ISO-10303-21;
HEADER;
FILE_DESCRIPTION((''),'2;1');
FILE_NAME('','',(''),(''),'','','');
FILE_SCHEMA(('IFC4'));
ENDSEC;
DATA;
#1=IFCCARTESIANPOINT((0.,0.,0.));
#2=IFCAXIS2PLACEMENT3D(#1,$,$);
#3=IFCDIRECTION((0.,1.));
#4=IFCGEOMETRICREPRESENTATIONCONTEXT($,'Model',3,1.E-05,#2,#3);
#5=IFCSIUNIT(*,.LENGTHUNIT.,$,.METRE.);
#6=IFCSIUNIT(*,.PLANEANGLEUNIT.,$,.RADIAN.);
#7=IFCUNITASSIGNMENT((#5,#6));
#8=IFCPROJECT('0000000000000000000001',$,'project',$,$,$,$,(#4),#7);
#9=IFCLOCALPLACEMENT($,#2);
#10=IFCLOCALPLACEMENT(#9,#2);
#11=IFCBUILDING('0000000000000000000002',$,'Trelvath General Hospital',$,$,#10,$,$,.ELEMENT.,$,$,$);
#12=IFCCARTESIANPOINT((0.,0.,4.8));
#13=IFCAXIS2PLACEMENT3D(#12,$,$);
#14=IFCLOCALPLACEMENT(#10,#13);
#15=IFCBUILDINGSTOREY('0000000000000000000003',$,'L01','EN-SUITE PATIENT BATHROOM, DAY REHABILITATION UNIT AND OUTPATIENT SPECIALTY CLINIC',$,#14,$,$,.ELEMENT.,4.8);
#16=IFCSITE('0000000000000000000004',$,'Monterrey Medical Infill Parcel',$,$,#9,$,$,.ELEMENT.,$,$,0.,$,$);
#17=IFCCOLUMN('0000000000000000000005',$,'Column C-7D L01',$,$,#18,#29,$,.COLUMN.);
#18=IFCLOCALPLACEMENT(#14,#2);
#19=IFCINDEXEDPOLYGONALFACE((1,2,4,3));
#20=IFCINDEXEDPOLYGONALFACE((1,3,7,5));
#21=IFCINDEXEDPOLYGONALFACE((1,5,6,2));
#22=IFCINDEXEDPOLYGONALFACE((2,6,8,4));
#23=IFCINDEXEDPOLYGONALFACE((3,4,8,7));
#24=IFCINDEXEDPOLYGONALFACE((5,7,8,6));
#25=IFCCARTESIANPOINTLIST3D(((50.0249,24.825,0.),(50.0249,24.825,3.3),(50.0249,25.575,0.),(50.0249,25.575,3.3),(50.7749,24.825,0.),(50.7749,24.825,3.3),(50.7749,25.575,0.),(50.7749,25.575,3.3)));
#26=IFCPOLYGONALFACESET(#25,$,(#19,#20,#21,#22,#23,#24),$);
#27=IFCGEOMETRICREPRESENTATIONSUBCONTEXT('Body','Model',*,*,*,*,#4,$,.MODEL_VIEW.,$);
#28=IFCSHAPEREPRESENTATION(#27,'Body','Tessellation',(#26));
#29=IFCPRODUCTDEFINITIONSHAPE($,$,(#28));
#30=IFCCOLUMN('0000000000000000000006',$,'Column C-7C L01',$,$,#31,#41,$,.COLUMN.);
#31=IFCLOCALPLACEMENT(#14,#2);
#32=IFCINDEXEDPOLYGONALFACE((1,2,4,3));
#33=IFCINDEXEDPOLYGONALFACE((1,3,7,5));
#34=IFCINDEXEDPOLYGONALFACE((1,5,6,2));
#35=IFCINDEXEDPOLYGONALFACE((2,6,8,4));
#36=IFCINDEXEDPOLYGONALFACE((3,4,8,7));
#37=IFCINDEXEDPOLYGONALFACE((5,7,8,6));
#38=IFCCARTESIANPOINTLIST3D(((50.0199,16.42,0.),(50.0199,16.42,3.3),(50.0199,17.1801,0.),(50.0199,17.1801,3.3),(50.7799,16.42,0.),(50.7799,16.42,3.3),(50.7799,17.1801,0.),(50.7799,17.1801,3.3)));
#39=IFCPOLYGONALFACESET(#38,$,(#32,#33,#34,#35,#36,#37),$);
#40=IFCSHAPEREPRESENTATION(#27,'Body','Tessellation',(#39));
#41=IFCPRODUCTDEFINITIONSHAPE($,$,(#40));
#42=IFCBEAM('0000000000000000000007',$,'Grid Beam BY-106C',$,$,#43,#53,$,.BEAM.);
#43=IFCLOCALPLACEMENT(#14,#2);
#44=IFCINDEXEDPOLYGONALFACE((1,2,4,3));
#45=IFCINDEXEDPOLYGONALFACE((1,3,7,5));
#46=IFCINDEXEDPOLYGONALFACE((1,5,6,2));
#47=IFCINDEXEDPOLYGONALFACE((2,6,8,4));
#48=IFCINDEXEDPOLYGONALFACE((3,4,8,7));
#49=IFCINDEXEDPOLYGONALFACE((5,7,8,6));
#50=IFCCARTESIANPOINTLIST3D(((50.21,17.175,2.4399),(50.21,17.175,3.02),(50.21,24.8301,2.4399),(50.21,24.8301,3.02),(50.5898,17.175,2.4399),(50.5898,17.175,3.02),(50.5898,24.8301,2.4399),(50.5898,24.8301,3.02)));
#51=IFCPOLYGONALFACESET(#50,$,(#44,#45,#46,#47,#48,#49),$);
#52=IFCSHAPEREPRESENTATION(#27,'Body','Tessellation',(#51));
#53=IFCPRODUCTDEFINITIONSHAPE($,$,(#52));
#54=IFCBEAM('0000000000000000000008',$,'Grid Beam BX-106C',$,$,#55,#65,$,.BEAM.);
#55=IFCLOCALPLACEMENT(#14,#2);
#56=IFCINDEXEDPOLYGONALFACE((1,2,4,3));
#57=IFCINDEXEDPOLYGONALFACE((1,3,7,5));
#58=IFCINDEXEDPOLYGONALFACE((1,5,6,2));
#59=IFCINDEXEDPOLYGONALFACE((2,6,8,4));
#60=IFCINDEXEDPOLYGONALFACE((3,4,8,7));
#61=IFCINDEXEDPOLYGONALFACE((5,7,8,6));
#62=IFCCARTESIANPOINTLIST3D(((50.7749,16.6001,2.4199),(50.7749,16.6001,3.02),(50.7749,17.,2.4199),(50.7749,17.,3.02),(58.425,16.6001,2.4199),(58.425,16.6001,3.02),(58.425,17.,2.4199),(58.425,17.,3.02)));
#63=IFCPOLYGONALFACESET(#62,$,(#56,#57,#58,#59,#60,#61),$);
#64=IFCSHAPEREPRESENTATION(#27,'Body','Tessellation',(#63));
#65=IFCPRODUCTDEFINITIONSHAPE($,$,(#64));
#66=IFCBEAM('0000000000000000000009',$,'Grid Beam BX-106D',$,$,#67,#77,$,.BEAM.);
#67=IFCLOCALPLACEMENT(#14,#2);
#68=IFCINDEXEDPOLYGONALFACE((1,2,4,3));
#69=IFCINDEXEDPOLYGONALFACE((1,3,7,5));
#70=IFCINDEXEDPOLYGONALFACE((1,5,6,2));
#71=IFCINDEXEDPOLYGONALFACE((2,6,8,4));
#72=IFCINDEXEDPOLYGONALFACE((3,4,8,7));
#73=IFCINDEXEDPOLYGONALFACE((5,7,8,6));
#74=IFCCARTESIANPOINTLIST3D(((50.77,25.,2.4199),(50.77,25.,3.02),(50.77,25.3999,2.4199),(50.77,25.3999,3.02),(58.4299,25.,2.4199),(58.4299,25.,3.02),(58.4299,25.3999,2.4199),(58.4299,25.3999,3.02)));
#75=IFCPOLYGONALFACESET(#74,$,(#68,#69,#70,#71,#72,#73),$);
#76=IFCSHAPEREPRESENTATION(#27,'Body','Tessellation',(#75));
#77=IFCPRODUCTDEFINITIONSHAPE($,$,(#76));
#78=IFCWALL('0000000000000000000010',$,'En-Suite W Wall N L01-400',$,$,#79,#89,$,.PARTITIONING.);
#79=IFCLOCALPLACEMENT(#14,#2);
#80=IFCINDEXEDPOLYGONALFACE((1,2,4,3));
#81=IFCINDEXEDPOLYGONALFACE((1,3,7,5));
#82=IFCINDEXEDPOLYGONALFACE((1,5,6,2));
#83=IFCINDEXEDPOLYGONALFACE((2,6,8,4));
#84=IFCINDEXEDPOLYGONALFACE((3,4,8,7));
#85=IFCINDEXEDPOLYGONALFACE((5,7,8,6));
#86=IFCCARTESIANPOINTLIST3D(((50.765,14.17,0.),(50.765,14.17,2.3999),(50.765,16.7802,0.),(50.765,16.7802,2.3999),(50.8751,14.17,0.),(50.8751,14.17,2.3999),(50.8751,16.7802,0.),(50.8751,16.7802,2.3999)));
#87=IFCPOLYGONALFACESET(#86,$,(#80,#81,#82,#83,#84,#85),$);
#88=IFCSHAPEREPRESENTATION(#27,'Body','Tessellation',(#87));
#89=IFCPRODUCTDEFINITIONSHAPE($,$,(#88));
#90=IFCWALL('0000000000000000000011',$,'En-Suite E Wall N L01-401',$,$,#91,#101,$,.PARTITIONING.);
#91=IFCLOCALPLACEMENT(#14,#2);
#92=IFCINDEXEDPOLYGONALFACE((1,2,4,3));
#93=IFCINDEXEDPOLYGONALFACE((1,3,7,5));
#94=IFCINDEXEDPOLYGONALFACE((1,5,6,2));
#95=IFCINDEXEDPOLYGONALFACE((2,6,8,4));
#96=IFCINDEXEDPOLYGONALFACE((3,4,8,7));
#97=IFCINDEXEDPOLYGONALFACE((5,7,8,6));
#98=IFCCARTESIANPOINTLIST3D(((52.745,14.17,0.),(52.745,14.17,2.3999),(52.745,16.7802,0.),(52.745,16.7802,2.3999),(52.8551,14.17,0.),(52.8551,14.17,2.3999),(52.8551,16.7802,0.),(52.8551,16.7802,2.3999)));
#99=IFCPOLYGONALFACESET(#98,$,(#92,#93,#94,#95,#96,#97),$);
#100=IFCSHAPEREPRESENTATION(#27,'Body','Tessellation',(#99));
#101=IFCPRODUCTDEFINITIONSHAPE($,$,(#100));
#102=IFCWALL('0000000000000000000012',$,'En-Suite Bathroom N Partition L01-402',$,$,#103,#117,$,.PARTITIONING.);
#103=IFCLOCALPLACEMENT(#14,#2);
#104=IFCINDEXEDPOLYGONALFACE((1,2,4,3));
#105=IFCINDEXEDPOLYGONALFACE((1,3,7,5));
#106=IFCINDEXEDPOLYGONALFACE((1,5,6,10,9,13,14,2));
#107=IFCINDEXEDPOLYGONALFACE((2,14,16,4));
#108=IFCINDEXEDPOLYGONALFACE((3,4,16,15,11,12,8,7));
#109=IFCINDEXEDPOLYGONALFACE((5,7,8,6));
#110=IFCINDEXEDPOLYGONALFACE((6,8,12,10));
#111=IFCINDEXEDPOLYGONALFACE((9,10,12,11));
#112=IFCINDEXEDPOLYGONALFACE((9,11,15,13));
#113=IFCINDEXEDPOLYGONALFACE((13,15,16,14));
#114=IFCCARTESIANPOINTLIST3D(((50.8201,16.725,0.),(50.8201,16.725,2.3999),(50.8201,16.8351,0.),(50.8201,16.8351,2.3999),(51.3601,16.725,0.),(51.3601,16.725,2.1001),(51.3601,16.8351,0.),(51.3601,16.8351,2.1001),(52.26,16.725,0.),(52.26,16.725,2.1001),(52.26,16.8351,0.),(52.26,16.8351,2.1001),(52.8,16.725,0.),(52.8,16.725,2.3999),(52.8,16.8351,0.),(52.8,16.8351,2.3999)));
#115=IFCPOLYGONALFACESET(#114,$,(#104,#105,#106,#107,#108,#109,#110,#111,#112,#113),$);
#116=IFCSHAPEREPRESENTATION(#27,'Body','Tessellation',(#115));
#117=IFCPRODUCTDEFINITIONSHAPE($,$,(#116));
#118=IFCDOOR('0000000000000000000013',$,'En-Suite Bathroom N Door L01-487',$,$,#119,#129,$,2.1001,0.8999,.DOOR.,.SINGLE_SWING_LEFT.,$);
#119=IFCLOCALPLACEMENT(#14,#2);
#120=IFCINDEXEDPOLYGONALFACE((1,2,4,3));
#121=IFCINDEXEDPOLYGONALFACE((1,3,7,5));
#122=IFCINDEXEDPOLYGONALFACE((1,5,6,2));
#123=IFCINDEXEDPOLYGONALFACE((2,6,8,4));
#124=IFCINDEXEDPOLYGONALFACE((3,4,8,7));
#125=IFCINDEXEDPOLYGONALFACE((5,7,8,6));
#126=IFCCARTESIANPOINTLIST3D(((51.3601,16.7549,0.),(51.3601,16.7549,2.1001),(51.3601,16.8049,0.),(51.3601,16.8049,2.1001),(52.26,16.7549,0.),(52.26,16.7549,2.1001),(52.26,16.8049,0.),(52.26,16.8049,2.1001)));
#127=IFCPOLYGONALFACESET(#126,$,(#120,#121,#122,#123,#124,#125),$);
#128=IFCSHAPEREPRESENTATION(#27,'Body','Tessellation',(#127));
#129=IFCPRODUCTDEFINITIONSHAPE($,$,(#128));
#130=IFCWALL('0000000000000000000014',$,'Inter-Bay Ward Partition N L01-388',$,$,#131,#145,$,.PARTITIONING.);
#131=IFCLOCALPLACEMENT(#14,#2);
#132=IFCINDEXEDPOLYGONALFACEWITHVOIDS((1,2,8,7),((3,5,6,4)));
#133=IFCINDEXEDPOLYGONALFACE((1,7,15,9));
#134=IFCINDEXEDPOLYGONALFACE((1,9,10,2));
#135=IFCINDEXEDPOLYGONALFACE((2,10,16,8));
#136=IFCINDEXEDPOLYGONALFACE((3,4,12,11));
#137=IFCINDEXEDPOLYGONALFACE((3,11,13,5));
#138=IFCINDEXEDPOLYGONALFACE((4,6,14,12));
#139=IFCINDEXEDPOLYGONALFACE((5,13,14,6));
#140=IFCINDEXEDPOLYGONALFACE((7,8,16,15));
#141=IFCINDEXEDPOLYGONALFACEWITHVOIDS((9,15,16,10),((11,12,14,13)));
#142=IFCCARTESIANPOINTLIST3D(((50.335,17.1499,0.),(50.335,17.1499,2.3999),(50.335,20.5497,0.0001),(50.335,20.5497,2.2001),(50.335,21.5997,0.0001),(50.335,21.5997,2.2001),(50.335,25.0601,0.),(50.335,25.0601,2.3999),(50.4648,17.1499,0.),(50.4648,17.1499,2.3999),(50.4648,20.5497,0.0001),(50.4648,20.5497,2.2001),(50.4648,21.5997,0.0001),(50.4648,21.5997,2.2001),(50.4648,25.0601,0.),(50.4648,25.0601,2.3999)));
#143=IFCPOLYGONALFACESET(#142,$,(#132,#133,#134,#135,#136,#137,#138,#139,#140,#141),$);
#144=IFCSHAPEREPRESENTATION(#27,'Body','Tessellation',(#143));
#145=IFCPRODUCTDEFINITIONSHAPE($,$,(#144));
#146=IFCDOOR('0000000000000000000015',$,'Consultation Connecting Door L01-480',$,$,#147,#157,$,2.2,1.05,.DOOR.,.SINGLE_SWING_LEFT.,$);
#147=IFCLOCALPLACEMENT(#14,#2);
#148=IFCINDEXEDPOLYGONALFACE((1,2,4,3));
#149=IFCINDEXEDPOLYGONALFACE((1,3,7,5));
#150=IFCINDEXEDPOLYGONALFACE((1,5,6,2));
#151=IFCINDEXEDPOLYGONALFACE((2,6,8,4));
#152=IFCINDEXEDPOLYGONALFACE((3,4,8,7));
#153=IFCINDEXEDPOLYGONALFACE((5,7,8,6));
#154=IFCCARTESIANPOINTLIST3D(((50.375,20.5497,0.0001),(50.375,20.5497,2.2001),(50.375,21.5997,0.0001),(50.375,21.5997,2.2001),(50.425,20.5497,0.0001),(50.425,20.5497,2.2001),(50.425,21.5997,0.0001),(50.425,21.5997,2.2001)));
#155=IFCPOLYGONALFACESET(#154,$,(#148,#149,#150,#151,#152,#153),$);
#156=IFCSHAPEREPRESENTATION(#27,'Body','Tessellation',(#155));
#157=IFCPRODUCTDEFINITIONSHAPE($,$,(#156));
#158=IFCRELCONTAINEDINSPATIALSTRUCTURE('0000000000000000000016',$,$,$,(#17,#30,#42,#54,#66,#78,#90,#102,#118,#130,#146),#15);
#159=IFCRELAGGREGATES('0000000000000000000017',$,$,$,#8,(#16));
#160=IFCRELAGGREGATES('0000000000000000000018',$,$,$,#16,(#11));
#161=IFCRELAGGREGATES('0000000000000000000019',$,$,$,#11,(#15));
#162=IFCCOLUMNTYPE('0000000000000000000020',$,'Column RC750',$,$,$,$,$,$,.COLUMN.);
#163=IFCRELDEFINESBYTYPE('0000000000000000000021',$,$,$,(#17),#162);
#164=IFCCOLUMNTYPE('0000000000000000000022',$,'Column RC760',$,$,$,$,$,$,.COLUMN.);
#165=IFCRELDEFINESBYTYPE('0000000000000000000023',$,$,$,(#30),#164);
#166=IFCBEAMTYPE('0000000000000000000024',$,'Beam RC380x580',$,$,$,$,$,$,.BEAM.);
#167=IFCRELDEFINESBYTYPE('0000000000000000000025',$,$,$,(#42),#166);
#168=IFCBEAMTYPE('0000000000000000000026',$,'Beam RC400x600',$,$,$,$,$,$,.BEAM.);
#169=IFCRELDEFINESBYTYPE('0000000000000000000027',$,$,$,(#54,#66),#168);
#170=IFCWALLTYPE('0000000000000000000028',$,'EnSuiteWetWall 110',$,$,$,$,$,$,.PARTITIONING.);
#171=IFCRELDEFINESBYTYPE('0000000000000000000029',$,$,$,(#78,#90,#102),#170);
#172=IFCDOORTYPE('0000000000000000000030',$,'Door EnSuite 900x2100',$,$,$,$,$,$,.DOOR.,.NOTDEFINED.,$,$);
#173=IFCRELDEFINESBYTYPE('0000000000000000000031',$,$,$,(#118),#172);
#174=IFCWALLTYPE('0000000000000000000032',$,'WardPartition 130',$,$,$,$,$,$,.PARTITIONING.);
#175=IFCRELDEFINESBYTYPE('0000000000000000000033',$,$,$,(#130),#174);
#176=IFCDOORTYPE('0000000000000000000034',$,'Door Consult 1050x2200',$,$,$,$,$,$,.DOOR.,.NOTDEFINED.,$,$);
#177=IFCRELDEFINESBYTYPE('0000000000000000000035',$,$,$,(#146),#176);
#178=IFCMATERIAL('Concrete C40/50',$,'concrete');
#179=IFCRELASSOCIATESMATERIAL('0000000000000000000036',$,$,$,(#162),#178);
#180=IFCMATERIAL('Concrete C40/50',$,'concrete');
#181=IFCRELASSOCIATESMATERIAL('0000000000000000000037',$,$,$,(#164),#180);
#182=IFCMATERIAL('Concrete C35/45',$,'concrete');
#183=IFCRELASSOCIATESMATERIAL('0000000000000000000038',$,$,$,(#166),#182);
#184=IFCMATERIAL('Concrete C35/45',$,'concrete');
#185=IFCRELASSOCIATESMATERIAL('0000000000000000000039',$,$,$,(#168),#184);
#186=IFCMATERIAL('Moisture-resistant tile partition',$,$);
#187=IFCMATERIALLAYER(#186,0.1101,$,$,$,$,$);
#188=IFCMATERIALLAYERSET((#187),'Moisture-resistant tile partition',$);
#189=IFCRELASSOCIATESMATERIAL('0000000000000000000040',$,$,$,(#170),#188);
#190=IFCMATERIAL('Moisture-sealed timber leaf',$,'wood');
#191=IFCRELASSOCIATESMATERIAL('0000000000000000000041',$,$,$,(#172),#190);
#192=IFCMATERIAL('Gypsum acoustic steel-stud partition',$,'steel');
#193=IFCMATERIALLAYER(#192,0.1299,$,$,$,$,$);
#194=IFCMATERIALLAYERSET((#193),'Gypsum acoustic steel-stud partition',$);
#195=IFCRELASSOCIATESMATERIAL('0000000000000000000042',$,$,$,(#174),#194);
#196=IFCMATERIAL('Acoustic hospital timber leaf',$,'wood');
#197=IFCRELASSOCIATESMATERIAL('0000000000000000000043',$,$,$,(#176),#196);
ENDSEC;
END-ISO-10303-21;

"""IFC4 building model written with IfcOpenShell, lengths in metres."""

from ifc_helpers import new_model, si_unit, direction, frame, frame_2d, origin, origin_2d, place, context, subcontext, project, spatial, rectangle, extrude, material, layer, layer_set, material_profile, profile_set, type_object, element, fill, save


model = new_model("IFC4")

# Units and contexts
model_context = context("Model", 3, precision=1e-05, world=origin(), true_north=direction((0.0, 1.0)))
body_context = subcontext(model_context, "Body", "Model", "MODEL_VIEW")
ifc_project = project(units=[si_unit("LENGTHUNIT", "METRE"), si_unit("PLANEANGLEUNIT", "RADIAN")], contexts=[model_context])

# Site, building, storey
site_placement = place(None, origin())
site = spatial("IfcSite", under=ifc_project, at=site_placement, Name="Monterrey Medical Infill Parcel", CompositionType="ELEMENT", RefElevation=0.0)
building_placement = place(site_placement, origin())
building = spatial("IfcBuilding", under=site, at=building_placement, Name="Trelvath General Hospital", CompositionType="ELEMENT")
storey_placement = place(building_placement, frame((0.0, 0.0, 4.8)))
storey = spatial("IfcBuildingStorey", under=building, at=storey_placement, Name="L01", Description="EN-SUITE PATIENT BATHROOM, DAY REHABILITATION UNIT AND OUTPATIENT SPECIALTY CLINIC", CompositionType="ELEMENT", Elevation=4.8)

# Columns
ifc_material_1 = material(Name="Concrete C40/50", Category="concrete")
ifc_material_profile_1 = material_profile(ifc_material_1, rectangle(XDim=0.75, YDim=0.75, at=origin_2d()), Name="RC750x750")
ifc_profile_set_1 = profile_set([ifc_material_profile_1], Name="Concrete C40/50")
column_type_1 = type_object("IfcColumnType", Name="Column RC750", PredefinedType="COLUMN", material=ifc_profile_set_1)
column_1_placement = place(storey_placement, frame((50.3999, 25.2, 0.0), z_axis=(0.0, 0.0, 1.0), x_axis=(1.0, 0.0, 0.0)))
element("IfcColumn", 1, at=column_1_placement, inside=storey, type_object=column_type_1, Name="Column C-7D L01", PredefinedType="COLUMN", context=body_context, shape_type="SweptSolid", body=[
    extrude(rectangle(XDim=0.75, YDim=0.75, at=origin_2d()), origin(), (0.0, 0.0, 1.0), 3.3),
])
ifc_material_2 = material(Name="Concrete C40/50", Category="concrete")
ifc_material_profile_2 = material_profile(ifc_material_2, rectangle(XDim=0.76, YDim=0.76, at=origin_2d()), Name="RC760x760")
ifc_profile_set_2 = profile_set([ifc_material_profile_2], Name="Concrete C40/50")
column_type_2 = type_object("IfcColumnType", Name="Column RC760", PredefinedType="COLUMN", material=ifc_profile_set_2)
column_2_placement = place(storey_placement, frame((50.3999, 16.8, 0.0), z_axis=(0.0, 0.0, 1.0), x_axis=(1.0, 0.0, 0.0)))
element("IfcColumn", 2, at=column_2_placement, inside=storey, type_object=column_type_2, Name="Column C-7C L01", PredefinedType="COLUMN", context=body_context, shape_type="SweptSolid", body=[
    extrude(rectangle(XDim=0.76, YDim=0.76, at=origin_2d()), origin(), (0.0, 0.0, 1.0), 3.3),
])

# Beams
ifc_material_3 = material(Name="Concrete C35/45", Category="concrete")
ifc_material_profile_3 = material_profile(ifc_material_3, rectangle(XDim=0.3799, YDim=0.5801, at=origin_2d()), Name="RCB380x580")
ifc_profile_set_3 = profile_set([ifc_material_profile_3], Name="Concrete C35/45")
beam_type_1 = type_object("IfcBeamType", Name="Beam RC380x580", PredefinedType="BEAM", material=ifc_profile_set_3)
beam_1_placement = place(storey_placement, frame((50.3999, 17.175, 2.73), z_axis=(0.0, 1.0, 0.0), x_axis=(-1.0, 0.0, 0.0)))
element("IfcBeam", 3, at=beam_1_placement, inside=storey, type_object=beam_type_1, Name="Grid Beam BY-106C", PredefinedType="BEAM", context=body_context, shape_type="SweptSolid", body=[
    extrude(rectangle(XDim=0.3799, YDim=0.5801, at=origin_2d()), origin(), (0.0, 0.0, 1.0), 7.655),
])
ifc_material_4 = material(Name="Concrete C35/45", Category="concrete")
ifc_material_profile_4 = material_profile(ifc_material_4, rectangle(XDim=0.3999, YDim=0.6001, at=origin_2d()), Name="RCB400x600")
ifc_profile_set_4 = profile_set([ifc_material_profile_4], Name="Concrete C35/45")
beam_type_2 = type_object("IfcBeamType", Name="Beam RC400x600", PredefinedType="BEAM", material=ifc_profile_set_4)
beam_2_placement = place(storey_placement, frame((50.7749, 16.8, 2.72), z_axis=(1.0, 0.0, 0.0), x_axis=(0.0, 1.0, 0.0)))
element("IfcBeam", 4, at=beam_2_placement, inside=storey, type_object=beam_type_2, Name="Grid Beam BX-106C", PredefinedType="BEAM", context=body_context, shape_type="SweptSolid", body=[
    extrude(rectangle(XDim=0.3999, YDim=0.6001, at=origin_2d()), origin(), (0.0, 0.0, 1.0), 7.6501),
])
beam_3_placement = place(storey_placement, frame((50.77, 25.2, 2.72), z_axis=(1.0, 0.0, 0.0), x_axis=(0.0, 1.0, 0.0)))
element("IfcBeam", 5, at=beam_3_placement, inside=storey, type_object=beam_type_2, Name="Grid Beam BX-106D", PredefinedType="BEAM", context=body_context, shape_type="SweptSolid", body=[
    extrude(rectangle(XDim=0.3999, YDim=0.6001, at=origin_2d()), origin(), (0.0, 0.0, 1.0), 7.6599),
])

# Walls
ifc_material_5 = material(Name="Moisture-resistant tile partition")
ifc_layer_1 = layer(ifc_material_5, 0.1101)
ifc_layer_set_1 = layer_set([ifc_layer_1], Name="Moisture-resistant tile partition")
wall_type_1 = type_object("IfcWallType", Name="EnSuiteWetWall 110", PredefinedType="PARTITIONING", material=ifc_layer_set_1)
for number, where, z_axis, x_axis, name in (
    (6, (50.8201, 14.1699, 0.0), (0.0, 0.0, 1.0), (0.0, 1.0, 0.0), "En-Suite W Wall N L01-400"),
    (7, (52.8, 14.1699, 0.0), (0.0, 0.0, 1.0), (0.0, 1.0, 0.0), "En-Suite E Wall N L01-401"),
):
    element("IfcWall", number, at=place(storey_placement, frame(where, z_axis=z_axis, x_axis=x_axis)), inside=storey, type_object=wall_type_1, Name=name, PredefinedType="PARTITIONING", context=body_context, shape_type="SweptSolid", body=[
        extrude(rectangle(XDim=2.6101, YDim=0.1101, at=frame_2d((1.3052, 0.0))), origin(), (0.0, 0.0, 1.0), 2.3999),
    ])

# Walls, openings, doors
wall_1_placement = place(storey_placement, frame((50.8201, 16.78, 0.0), z_axis=(0.0, 0.0, 1.0), x_axis=(1.0, 0.0, 0.0)))
wall_1 = element("IfcWall", 8, at=wall_1_placement, inside=storey, type_object=wall_type_1, Name="En-Suite Bathroom N Partition L01-402", PredefinedType="PARTITIONING", context=body_context, shape_type="SweptSolid", body=[
    extrude(rectangle(XDim=1.98, YDim=0.1101, at=frame_2d((0.99, 0.0))), origin(), (0.0, 0.0, 1.0), 2.3999),
])
opening_1_placement = place(wall_1_placement, frame((0.54, 0.0, 0.0)))
opening_1 = element("IfcOpeningElement", 9, at=opening_1_placement, cuts=wall_1, PredefinedType="OPENING", context=body_context, shape_type="SweptSolid", body=[
    extrude(rectangle(XDim=0.8999, YDim=2.1001, at=frame_2d((0.45, 1.05))), frame((0.0, 0.0649, 0.0), z_axis=(0.0, -1.0, 0.0), x_axis=(1.0, 0.0, 0.0)), (0.0, 0.0, 1.0), 0.1301),
])
ifc_material_6 = material(Name="Moisture-sealed timber leaf", Category="wood")
door_type_1 = type_object("IfcDoorType", Name="Door EnSuite 900x2100", OperationType="NOTDEFINED", PredefinedType="DOOR", material=ifc_material_6)
door_1_placement = place(opening_1_placement, origin())
door_1 = element("IfcDoor", 10, at=door_1_placement, inside=storey, type_object=door_type_1, Name="En-Suite Bathroom N Door L01-487", OperationType="SINGLE_SWING_LEFT", OverallHeight=2.1001, OverallWidth=0.8999, PredefinedType="DOOR", context=body_context, shape_type="SweptSolid", body=[
    extrude(rectangle(XDim=0.8999, YDim=2.1001, at=frame_2d((0.45, 1.05))), frame((0.0, 0.0249, 0.0), z_axis=(0.0, -1.0, 0.0), x_axis=(1.0, 0.0, 0.0)), (0.0, 0.0, 1.0), 0.05),
])
fill(opening_1, door_1)
ifc_material_7 = material(Name="Gypsum acoustic steel-stud partition", Category="steel")
ifc_layer_2 = layer(ifc_material_7, 0.1299)
ifc_layer_set_2 = layer_set([ifc_layer_2], Name="Gypsum acoustic steel-stud partition")
wall_type_2 = type_object("IfcWallType", Name="WardPartition 130", PredefinedType="PARTITIONING", material=ifc_layer_set_2)
wall_2_placement = place(storey_placement, frame((50.3999, 17.1499, 0.0), z_axis=(0.0, 0.0, 1.0), x_axis=(0.0, 1.0, 0.0)))
wall_2 = element("IfcWall", 11, at=wall_2_placement, inside=storey, type_object=wall_type_2, Name="Inter-Bay Ward Partition N L01-388", PredefinedType="PARTITIONING", context=body_context, shape_type="SweptSolid", body=[
    extrude(rectangle(XDim=7.9102, YDim=0.1299, at=frame_2d((3.9551, 0.0))), origin(), (0.0, 0.0, 1.0), 2.3999),
])
opening_2_placement = place(wall_2_placement, frame((3.3999, 0.0, 0.0)))
opening_2 = element("IfcOpeningElement", 12, at=opening_2_placement, cuts=wall_2, PredefinedType="OPENING", context=body_context, shape_type="SweptSolid", body=[
    extrude(rectangle(XDim=1.05, YDim=2.2, at=frame_2d((0.5249, 1.1001))), frame((0.0, 0.075, 0.0), z_axis=(0.0, -1.0, 0.0), x_axis=(1.0, 0.0, 0.0)), (0.0, 0.0, 1.0), 0.1499),
])
ifc_material_8 = material(Name="Acoustic hospital timber leaf", Category="wood")
door_type_2 = type_object("IfcDoorType", Name="Door Consult 1050x2200", OperationType="NOTDEFINED", PredefinedType="DOOR", material=ifc_material_8)
door_2_placement = place(opening_2_placement, origin())
door_2 = element("IfcDoor", 13, at=door_2_placement, inside=storey, type_object=door_type_2, Name="Consultation Connecting Door L01-480", OperationType="SINGLE_SWING_LEFT", OverallHeight=2.2, OverallWidth=1.05, PredefinedType="DOOR", context=body_context, shape_type="SweptSolid", body=[
    extrude(rectangle(XDim=1.05, YDim=2.2, at=frame_2d((0.5249, 1.1001))), frame((0.0, 0.0249, 0.0), z_axis=(0.0, -1.0, 0.0), x_axis=(1.0, 0.0, 0.0)), (0.0, 0.0, 1.0), 0.05),
])
fill(opening_2, door_2)

save(model, "model.ifc")
